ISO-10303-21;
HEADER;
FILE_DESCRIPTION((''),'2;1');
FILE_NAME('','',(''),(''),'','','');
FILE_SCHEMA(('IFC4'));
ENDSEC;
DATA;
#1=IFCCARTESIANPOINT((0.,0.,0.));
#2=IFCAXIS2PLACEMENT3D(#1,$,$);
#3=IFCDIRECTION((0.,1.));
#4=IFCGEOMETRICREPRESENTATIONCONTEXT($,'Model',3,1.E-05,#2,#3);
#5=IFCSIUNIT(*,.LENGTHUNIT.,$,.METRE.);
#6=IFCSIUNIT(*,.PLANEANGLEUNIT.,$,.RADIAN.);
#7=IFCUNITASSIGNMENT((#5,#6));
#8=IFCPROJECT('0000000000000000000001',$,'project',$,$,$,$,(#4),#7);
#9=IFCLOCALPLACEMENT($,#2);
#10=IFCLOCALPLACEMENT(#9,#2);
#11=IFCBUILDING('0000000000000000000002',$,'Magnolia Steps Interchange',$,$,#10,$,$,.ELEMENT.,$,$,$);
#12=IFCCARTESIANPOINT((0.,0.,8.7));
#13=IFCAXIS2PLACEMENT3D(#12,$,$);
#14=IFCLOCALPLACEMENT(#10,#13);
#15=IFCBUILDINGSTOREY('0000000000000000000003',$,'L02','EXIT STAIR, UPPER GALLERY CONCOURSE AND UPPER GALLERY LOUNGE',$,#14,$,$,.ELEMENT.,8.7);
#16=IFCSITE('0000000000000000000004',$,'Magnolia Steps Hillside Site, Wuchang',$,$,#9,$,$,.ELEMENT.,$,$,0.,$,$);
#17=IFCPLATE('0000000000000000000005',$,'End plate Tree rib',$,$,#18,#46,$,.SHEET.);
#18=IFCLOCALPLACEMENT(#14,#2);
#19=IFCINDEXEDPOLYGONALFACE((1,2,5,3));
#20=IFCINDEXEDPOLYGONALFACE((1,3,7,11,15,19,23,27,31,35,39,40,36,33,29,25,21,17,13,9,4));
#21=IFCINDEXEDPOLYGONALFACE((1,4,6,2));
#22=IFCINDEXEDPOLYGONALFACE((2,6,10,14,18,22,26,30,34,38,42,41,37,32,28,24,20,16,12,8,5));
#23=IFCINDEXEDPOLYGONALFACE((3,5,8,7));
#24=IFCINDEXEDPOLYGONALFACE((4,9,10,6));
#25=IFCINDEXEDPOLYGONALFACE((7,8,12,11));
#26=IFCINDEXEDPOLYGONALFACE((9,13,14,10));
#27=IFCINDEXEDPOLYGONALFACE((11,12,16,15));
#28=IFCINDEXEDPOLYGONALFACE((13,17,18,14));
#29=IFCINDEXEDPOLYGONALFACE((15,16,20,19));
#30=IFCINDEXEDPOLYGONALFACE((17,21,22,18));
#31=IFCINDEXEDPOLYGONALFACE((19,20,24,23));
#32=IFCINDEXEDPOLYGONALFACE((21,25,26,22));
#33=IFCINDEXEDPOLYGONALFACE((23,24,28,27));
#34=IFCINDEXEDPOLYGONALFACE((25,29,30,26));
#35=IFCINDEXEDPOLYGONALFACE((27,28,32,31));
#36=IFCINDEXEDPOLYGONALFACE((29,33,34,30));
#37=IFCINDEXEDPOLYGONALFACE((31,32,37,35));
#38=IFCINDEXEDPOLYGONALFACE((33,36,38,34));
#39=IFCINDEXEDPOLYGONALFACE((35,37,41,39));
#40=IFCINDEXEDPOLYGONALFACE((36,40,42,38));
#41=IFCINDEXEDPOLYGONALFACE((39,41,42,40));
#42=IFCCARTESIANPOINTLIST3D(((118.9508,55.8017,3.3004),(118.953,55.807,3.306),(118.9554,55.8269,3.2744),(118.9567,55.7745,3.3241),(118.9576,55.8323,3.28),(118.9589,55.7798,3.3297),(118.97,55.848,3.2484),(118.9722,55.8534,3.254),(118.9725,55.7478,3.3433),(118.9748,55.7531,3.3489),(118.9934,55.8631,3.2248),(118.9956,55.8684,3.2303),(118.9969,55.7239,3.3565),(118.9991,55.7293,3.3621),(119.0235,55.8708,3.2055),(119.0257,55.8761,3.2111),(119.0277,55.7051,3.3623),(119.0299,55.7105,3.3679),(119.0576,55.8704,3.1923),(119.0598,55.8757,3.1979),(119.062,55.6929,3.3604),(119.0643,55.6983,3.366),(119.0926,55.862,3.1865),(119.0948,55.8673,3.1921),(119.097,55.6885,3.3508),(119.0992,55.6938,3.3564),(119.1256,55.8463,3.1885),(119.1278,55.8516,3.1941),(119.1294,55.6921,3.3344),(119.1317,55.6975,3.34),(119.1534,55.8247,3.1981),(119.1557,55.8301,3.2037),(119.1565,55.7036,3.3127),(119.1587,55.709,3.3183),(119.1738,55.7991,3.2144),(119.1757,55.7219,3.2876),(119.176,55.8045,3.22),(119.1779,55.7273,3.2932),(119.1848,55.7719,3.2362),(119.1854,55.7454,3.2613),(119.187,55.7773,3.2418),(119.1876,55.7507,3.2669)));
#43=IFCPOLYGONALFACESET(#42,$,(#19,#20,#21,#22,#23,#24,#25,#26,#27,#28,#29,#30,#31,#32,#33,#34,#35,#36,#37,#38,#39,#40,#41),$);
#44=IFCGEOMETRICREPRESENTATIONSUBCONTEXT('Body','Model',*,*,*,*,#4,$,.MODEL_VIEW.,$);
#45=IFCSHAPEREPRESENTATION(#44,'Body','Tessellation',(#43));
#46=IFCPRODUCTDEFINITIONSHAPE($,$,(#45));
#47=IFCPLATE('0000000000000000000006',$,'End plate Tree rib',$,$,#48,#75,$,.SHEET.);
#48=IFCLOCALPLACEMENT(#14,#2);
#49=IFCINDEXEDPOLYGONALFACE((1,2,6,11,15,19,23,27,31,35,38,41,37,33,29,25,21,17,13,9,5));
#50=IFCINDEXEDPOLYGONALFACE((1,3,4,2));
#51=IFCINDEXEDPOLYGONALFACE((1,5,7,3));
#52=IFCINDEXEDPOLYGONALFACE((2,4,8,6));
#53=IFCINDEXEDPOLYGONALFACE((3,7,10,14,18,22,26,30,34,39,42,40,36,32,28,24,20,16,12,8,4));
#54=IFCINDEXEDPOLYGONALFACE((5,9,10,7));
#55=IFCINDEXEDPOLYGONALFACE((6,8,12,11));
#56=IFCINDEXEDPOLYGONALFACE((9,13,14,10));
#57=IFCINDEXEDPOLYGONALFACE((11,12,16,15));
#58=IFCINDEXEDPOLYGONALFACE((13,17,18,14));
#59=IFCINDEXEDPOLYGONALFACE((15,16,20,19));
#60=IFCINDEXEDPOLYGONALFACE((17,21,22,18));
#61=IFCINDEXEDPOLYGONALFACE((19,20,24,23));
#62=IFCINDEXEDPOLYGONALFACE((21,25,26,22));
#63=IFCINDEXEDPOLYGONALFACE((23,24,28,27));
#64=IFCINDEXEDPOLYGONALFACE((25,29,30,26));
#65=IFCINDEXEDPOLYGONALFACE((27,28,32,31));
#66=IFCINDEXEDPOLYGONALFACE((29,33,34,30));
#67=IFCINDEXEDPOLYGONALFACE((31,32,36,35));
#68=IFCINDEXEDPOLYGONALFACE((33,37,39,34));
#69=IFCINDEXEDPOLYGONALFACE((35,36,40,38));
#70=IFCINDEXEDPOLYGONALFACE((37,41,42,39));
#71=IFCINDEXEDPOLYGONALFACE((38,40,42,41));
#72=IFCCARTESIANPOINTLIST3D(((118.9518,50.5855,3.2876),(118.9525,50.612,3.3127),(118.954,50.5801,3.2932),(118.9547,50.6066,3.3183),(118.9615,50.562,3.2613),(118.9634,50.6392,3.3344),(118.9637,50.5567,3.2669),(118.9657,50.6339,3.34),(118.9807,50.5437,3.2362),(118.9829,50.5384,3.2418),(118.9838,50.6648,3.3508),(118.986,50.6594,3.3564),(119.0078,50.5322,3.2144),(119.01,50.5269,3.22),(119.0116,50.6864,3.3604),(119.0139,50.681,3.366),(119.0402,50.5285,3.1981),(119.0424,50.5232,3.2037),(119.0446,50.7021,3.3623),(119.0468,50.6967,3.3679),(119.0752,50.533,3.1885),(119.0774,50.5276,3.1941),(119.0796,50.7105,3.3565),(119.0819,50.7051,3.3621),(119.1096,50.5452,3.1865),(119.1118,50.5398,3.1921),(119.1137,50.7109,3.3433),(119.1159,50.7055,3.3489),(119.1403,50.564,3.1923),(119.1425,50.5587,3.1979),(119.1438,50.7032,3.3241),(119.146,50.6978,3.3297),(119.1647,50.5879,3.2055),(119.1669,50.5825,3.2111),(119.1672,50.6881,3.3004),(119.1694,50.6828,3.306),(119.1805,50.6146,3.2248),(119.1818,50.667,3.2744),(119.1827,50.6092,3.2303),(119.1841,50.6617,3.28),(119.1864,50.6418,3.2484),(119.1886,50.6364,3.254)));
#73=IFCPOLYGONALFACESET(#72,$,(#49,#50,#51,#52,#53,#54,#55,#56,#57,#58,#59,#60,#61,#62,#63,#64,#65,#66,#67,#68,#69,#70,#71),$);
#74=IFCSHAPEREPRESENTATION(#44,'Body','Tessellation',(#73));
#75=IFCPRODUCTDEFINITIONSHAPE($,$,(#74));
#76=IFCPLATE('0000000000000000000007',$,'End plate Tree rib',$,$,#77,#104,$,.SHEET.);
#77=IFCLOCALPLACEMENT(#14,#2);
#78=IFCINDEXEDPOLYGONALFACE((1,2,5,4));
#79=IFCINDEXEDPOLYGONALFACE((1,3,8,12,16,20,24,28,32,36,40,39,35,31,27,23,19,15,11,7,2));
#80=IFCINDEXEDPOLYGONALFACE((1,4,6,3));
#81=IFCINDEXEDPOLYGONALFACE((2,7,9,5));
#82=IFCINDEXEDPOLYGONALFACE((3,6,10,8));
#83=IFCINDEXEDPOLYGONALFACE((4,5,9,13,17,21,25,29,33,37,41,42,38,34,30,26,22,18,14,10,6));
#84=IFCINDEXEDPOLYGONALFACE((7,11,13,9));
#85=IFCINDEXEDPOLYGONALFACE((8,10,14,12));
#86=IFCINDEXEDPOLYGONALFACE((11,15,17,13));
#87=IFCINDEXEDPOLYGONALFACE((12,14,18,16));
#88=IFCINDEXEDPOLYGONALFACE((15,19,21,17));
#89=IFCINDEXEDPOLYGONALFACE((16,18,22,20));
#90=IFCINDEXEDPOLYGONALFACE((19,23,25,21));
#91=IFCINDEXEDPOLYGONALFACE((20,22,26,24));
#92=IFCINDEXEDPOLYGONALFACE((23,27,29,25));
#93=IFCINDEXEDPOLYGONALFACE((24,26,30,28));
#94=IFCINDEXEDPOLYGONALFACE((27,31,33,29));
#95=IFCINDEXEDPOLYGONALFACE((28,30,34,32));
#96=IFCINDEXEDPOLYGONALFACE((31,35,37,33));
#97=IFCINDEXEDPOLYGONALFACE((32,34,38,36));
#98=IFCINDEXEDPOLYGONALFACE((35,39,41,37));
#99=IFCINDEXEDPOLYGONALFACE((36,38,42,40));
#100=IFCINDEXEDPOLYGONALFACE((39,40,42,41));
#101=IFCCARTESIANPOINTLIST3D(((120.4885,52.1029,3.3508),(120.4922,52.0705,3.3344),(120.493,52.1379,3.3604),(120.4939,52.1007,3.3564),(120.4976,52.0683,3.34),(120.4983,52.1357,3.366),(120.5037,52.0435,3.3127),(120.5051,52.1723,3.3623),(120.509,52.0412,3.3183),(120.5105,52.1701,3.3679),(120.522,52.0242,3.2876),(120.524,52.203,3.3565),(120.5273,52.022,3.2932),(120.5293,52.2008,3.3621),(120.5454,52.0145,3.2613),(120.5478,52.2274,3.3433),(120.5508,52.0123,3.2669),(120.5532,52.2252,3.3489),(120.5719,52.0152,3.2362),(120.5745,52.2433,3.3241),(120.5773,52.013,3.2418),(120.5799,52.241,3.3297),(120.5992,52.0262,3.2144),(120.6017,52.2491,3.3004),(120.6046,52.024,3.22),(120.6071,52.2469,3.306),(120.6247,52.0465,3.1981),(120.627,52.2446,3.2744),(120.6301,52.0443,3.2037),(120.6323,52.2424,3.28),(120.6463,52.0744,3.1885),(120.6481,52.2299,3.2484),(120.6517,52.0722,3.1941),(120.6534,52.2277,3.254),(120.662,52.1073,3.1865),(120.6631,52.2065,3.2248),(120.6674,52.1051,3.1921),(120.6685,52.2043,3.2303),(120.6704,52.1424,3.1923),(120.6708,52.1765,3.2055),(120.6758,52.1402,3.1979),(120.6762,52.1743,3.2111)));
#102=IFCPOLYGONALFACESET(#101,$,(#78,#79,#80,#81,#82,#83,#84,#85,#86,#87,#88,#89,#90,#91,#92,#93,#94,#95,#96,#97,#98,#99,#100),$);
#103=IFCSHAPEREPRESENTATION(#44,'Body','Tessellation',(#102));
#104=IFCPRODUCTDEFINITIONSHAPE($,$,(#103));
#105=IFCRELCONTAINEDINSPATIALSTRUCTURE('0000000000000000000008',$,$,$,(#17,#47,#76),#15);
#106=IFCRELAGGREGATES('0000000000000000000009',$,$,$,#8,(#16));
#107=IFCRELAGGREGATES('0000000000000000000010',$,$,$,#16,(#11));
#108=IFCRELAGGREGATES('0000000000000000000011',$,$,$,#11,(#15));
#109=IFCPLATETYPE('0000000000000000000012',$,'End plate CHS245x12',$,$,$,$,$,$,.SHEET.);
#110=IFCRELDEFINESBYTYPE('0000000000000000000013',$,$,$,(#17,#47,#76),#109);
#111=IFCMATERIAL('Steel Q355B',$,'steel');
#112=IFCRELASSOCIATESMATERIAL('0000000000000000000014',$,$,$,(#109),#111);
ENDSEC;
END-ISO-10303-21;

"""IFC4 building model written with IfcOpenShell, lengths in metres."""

from ifc_helpers import new_model, si_unit, direction, frame, origin, origin_2d, place, context, subcontext, project, spatial, circle, extrude, material, material_profile, profile_set, type_object, element, save


model = new_model("IFC4")

# Units and contexts
model_context = context("Model", 3, precision=1e-05, world=origin(), true_north=direction((0.0, 1.0)))
body_context = subcontext(model_context, "Body", "Model", "MODEL_VIEW")
ifc_project = project(units=[si_unit("LENGTHUNIT", "METRE"), si_unit("PLANEANGLEUNIT", "RADIAN")], contexts=[model_context])

# Site, building, storey
site_placement = place(None, origin())
site = spatial("IfcSite", under=ifc_project, at=site_placement, Name="Magnolia Steps Hillside Site, Wuchang", CompositionType="ELEMENT", RefElevation=0.0)
building_placement = place(site_placement, origin())
building = spatial("IfcBuilding", under=site, at=building_placement, Name="Magnolia Steps Interchange", CompositionType="ELEMENT")
storey_placement = place(building_placement, frame((0.0, 0.0, 8.7)))
storey = spatial("IfcBuildingStorey", under=building, at=storey_placement, Name="L02", Description="EXIT STAIR, UPPER GALLERY CONCOURSE AND UPPER GALLERY LOUNGE", CompositionType="ELEMENT", Elevation=8.7)

# Plates
ifc_material_1 = material(Name="Steel Q355B", Category="steel")
ifc_material_profile_1 = material_profile(ifc_material_1, circle(Radius=0.1226, at=origin_2d()), Name="End plate CHS245x12")
ifc_profile_set_1 = profile_set([ifc_material_profile_1], Name="Steel Q355B")
plate_type = type_object("IfcPlateType", Name="End plate CHS245x12", PredefinedType="SHEET", material=ifc_profile_set_1)
for number, where, z_axis, x_axis, name in (
    (1, (119.0686, 55.78, 3.2744), (0.275279, 0.664583, 0.694658), (-0.92388, 0.382683, 0.0), "End plate Tree rib"),
    (2, (119.0686, 50.6201, 3.2744), (0.275279, -0.664583, 0.694658), (0.92388, 0.382683, 0.0), "End plate Tree rib"),
    (3, (120.5801, 52.1313, 3.2744), (0.664583, -0.275279, 0.694658), (0.382683, 0.92388, 0.0), "End plate Tree rib"),
):
    element("IfcPlate", number, at=place(storey_placement, frame(where, z_axis=z_axis, x_axis=x_axis)), inside=storey, type_object=plate_type, Name=name, PredefinedType="SHEET", context=body_context, shape_type="SweptSolid", body=[
        extrude(circle(Radius=0.1226, at=origin_2d()), origin(), (0.0, 0.0, 1.0), 0.0081),
    ])

save(model, "model.ifc")
